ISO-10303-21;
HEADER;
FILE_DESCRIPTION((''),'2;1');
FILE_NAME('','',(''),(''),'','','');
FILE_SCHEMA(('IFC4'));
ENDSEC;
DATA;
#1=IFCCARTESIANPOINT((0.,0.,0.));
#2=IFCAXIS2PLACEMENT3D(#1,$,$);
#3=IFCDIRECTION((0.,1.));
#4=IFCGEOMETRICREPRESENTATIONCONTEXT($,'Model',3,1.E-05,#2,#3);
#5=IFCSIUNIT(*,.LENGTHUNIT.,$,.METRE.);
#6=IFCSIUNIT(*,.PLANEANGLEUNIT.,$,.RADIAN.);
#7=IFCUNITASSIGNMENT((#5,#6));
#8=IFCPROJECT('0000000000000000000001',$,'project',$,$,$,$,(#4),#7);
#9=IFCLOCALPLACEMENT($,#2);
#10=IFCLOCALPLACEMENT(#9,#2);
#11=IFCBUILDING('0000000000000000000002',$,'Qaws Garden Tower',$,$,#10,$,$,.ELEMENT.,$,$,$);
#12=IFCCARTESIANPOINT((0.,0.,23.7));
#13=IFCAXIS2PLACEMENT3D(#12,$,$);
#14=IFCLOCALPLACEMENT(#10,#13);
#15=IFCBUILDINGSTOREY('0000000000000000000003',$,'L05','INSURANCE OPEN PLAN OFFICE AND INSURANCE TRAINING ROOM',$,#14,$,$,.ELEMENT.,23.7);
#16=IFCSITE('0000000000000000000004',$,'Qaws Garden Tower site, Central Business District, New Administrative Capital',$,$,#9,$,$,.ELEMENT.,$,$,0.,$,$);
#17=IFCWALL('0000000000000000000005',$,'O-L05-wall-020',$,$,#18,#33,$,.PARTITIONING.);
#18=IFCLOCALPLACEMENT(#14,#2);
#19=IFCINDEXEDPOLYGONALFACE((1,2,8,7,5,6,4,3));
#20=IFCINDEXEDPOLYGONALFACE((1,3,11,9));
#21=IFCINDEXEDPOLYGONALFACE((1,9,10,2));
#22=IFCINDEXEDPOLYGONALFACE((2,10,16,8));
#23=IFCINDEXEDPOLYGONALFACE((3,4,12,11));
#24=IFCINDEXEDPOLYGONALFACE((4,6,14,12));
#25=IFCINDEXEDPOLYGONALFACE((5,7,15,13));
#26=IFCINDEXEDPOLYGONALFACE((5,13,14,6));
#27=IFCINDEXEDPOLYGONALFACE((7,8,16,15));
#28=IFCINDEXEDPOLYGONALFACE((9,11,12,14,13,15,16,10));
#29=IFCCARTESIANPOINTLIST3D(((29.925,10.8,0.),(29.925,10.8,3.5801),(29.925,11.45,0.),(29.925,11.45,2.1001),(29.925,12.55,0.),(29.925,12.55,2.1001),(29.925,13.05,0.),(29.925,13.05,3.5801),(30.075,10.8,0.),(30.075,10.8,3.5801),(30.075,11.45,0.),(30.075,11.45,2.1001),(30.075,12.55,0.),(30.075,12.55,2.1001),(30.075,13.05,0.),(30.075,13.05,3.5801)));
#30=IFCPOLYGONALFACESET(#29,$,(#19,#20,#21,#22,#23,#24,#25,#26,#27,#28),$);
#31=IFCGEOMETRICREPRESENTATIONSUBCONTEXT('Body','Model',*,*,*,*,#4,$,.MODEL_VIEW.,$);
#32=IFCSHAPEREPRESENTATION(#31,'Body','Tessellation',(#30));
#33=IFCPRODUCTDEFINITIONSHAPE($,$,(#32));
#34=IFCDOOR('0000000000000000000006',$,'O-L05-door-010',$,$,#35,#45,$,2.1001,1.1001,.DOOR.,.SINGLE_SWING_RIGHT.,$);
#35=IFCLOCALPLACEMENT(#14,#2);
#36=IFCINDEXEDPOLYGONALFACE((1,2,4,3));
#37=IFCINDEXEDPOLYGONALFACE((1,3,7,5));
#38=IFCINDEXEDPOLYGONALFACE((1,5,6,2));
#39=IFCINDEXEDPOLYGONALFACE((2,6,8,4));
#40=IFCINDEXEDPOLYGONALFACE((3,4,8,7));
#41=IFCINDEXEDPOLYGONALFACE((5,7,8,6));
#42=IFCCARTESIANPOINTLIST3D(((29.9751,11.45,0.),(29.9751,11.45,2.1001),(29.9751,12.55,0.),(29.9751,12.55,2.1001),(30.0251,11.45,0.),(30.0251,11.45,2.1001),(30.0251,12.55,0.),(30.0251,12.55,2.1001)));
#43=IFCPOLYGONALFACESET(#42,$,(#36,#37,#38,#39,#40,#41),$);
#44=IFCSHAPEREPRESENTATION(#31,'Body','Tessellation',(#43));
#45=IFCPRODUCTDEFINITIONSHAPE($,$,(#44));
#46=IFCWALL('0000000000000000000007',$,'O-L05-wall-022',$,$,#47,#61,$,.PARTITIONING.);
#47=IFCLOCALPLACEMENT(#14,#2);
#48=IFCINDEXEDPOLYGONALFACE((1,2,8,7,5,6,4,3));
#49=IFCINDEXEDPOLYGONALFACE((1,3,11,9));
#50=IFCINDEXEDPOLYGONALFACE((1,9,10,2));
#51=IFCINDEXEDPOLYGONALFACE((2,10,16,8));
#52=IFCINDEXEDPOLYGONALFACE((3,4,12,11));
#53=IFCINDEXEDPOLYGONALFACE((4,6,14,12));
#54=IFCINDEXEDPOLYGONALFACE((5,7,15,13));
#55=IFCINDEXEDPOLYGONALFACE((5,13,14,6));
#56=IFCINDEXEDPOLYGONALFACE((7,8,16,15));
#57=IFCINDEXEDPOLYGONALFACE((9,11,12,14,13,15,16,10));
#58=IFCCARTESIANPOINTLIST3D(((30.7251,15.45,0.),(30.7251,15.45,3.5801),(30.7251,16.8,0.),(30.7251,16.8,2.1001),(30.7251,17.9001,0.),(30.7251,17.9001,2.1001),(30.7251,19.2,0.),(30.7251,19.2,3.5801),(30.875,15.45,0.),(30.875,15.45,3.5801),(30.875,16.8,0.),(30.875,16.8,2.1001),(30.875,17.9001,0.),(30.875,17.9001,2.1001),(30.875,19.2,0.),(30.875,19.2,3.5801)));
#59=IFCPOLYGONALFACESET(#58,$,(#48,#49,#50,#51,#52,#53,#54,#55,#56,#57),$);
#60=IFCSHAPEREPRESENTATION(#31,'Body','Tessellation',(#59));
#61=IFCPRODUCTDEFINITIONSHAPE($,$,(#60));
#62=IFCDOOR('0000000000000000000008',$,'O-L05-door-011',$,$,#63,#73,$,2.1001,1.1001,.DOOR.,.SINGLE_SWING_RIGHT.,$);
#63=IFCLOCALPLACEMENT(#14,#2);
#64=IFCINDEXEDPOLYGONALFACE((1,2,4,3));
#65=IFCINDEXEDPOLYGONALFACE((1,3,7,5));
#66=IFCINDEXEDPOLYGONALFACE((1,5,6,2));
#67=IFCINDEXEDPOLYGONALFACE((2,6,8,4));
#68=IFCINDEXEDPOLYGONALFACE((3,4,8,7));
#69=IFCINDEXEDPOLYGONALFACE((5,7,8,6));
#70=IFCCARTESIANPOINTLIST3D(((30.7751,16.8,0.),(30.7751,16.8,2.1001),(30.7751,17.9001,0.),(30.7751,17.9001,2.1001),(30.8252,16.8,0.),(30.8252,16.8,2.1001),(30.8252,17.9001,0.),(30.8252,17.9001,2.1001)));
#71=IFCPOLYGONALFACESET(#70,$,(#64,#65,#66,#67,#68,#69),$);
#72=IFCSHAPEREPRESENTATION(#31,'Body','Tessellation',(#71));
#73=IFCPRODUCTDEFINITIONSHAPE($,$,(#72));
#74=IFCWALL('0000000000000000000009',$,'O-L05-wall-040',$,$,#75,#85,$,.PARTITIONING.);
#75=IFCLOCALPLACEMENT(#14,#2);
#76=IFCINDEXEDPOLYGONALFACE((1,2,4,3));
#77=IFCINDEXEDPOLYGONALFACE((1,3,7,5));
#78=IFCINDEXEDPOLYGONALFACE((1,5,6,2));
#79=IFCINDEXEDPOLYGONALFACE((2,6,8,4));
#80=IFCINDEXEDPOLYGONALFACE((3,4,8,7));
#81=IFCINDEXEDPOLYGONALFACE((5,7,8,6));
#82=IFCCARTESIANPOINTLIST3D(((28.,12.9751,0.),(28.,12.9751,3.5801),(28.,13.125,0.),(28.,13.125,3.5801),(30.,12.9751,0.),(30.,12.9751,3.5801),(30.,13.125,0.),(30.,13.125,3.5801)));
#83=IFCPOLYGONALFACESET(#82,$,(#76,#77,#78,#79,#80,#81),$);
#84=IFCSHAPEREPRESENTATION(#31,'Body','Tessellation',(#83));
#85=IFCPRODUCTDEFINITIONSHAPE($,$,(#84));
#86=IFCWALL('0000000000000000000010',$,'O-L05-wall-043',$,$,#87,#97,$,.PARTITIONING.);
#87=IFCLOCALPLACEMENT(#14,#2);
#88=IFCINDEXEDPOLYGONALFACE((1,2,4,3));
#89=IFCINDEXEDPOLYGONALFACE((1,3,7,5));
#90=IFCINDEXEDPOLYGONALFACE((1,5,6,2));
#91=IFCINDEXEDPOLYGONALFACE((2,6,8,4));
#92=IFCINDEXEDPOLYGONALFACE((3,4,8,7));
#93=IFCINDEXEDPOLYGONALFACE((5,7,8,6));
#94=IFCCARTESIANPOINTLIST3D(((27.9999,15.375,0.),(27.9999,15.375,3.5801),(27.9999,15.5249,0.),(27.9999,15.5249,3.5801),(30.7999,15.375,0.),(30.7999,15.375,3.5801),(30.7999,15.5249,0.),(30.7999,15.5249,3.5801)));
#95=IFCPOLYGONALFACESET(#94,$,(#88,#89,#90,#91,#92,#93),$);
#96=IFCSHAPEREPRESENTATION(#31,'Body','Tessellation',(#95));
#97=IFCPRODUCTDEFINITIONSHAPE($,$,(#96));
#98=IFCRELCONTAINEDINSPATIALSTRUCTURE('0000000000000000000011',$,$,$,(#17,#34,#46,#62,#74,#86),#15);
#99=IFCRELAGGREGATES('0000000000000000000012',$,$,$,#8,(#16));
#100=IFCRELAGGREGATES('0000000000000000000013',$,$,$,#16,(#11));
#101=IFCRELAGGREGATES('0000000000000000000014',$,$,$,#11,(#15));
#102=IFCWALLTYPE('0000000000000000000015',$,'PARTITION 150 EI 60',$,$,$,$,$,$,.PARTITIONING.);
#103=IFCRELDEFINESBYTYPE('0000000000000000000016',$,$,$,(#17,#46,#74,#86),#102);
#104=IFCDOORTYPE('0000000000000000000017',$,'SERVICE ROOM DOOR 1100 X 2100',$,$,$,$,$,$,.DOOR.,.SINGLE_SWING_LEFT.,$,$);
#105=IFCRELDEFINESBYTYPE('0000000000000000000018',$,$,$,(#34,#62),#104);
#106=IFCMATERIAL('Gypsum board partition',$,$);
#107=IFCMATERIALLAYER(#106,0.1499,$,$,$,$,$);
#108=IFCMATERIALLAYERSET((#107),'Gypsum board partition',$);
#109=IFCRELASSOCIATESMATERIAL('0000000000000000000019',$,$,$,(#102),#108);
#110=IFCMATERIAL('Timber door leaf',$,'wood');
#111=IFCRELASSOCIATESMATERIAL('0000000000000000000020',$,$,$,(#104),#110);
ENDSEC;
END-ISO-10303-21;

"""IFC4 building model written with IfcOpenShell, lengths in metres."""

from ifc_helpers import new_model, si_unit, direction, frame, frame_2d, origin, place, context, subcontext, project, spatial, rectangle, extrude, material, layer, layer_set, type_object, element, fill, save


model = new_model("IFC4")

# Units and contexts
model_context = context("Model", 3, precision=1e-05, world=origin(), true_north=direction((0.0, 1.0)))
body_context = subcontext(model_context, "Body", "Model", "MODEL_VIEW")
ifc_project = project(units=[si_unit("LENGTHUNIT", "METRE"), si_unit("PLANEANGLEUNIT", "RADIAN")], contexts=[model_context])

# Site, building, storey
site_placement = place(None, origin())
site = spatial("IfcSite", under=ifc_project, at=site_placement, Name="Qaws Garden Tower site, Central Business District, New Administrative Capital", CompositionType="ELEMENT", RefElevation=0.0)
building_placement = place(site_placement, origin())
building = spatial("IfcBuilding", under=site, at=building_placement, Name="Qaws Garden Tower", CompositionType="ELEMENT")
storey_placement = place(building_placement, frame((0.0, 0.0, 23.7)))
storey = spatial("IfcBuildingStorey", under=building, at=storey_placement, Name="L05", Description="INSURANCE OPEN PLAN OFFICE AND INSURANCE TRAINING ROOM", CompositionType="ELEMENT", Elevation=23.7)

# Walls, openings, doors
ifc_material_1 = material(Name="Gypsum board partition")
ifc_layer_1 = layer(ifc_material_1, 0.1499)
ifc_layer_set_1 = layer_set([ifc_layer_1], Name="Gypsum board partition")
wall_type_1 = type_object("IfcWallType", Name="PARTITION 150 EI 60", PredefinedType="PARTITIONING", material=ifc_layer_set_1)
wall_1_placement = place(storey_placement, frame((30.0, 10.8, 0.0), z_axis=(0.0, 0.0, 1.0), x_axis=(0.0, 1.0, 0.0)))
wall_1 = element("IfcWall", 1, at=wall_1_placement, inside=storey, type_object=wall_type_1, Name="O-L05-wall-020", PredefinedType="PARTITIONING", context=body_context, shape_type="SweptSolid", body=[
    extrude(rectangle(XDim=2.25, YDim=0.1499, at=frame_2d((1.125, 0.0))), origin(), (0.0, 0.0, 1.0), 3.5801),
])
opening_1_placement = place(wall_1_placement, frame((0.6499, 0.0, 0.0)))
opening_1 = element("IfcOpeningElement", 2, at=opening_1_placement, cuts=wall_1, PredefinedType="OPENING", context=body_context, shape_type="SweptSolid", body=[
    extrude(rectangle(XDim=1.1001, YDim=2.1001, at=frame_2d((0.55, 1.05))), frame((0.0, 0.085, 0.0), z_axis=(0.0, -1.0, 0.0), x_axis=(1.0, 0.0, 0.0)), (0.0, 0.0, 1.0), 0.1699),
])
ifc_material_2 = material(Name="Timber door leaf", Category="wood")
door_type_1 = type_object("IfcDoorType", Name="SERVICE ROOM DOOR 1100 X 2100", OperationType="SINGLE_SWING_LEFT", PredefinedType="DOOR", material=ifc_material_2)
door_1_placement = place(opening_1_placement, origin())
door_1 = element("IfcDoor", 3, at=door_1_placement, inside=storey, type_object=door_type_1, Name="O-L05-door-010", OperationType="SINGLE_SWING_RIGHT", OverallHeight=2.1001, OverallWidth=1.1001, PredefinedType="DOOR", context=body_context, shape_type="SweptSolid", body=[
    extrude(rectangle(XDim=1.1001, YDim=2.1001, at=frame_2d((0.55, 1.05))), frame((0.0, 0.0249, 0.0), z_axis=(0.0, -1.0, 0.0), x_axis=(1.0, 0.0, 0.0)), (0.0, 0.0, 1.0), 0.05),
])
fill(opening_1, door_1)
wall_2_placement = place(storey_placement, frame((30.8, 15.45, 0.0), z_axis=(0.0, 0.0, 1.0), x_axis=(0.0, 1.0, 0.0)))
wall_2 = element("IfcWall", 4, at=wall_2_placement, inside=storey, type_object=wall_type_1, Name="O-L05-wall-022", PredefinedType="PARTITIONING", context=body_context, shape_type="SweptSolid", body=[
    extrude(rectangle(XDim=3.75, YDim=0.1499, at=frame_2d((1.875, 0.0))), origin(), (0.0, 0.0, 1.0), 3.5801),
])
opening_2_placement = place(wall_2_placement, frame((1.3501, 0.0, 0.0)))
opening_2 = element("IfcOpeningElement", 5, at=opening_2_placement, cuts=wall_2, PredefinedType="OPENING", context=body_context, shape_type="SweptSolid", body=[
    extrude(rectangle(XDim=1.1001, YDim=2.1001, at=frame_2d((0.55, 1.05))), frame((0.0, 0.085, 0.0), z_axis=(0.0, -1.0, 0.0), x_axis=(1.0, 0.0, 0.0)), (0.0, 0.0, 1.0), 0.1699),
])
door_2_placement = place(opening_2_placement, origin())
door_2 = element("IfcDoor", 6, at=door_2_placement, inside=storey, type_object=door_type_1, Name="O-L05-door-011", OperationType="SINGLE_SWING_RIGHT", OverallHeight=2.1001, OverallWidth=1.1001, PredefinedType="DOOR", context=body_context, shape_type="SweptSolid", body=[
    extrude(rectangle(XDim=1.1001, YDim=2.1001, at=frame_2d((0.55, 1.05))), frame((0.0, 0.0249, 0.0), z_axis=(0.0, -1.0, 0.0), x_axis=(1.0, 0.0, 0.0)), (0.0, 0.0, 1.0), 0.05),
])
fill(opening_2, door_2)

# Walls
wall_3_placement = place(storey_placement, frame((28.0, 13.05, 0.0), z_axis=(0.0, 0.0, 1.0), x_axis=(1.0, 0.0, 0.0)))
element("IfcWall", 7, at=wall_3_placement, inside=storey, type_object=wall_type_1, Name="O-L05-wall-040", PredefinedType="PARTITIONING", context=body_context, shape_type="SweptSolid", body=[
    extrude(rectangle(XDim=2.0, YDim=0.1499, at=frame_2d((1.0, 0.0))), origin(), (0.0, 0.0, 1.0), 3.5801),
])
wall_4_placement = place(storey_placement, frame((28.0, 15.45, 0.0), z_axis=(0.0, 0.0, 1.0), x_axis=(1.0, 0.0, 0.0)))
element("IfcWall", 8, at=wall_4_placement, inside=storey, type_object=wall_type_1, Name="O-L05-wall-043", PredefinedType="PARTITIONING", context=body_context, shape_type="SweptSolid", body=[
    extrude(rectangle(XDim=2.8, YDim=0.1499, at=frame_2d((1.3999, 0.0))), origin(), (0.0, 0.0, 1.0), 3.5801),
])

save(model, "model.ifc")
